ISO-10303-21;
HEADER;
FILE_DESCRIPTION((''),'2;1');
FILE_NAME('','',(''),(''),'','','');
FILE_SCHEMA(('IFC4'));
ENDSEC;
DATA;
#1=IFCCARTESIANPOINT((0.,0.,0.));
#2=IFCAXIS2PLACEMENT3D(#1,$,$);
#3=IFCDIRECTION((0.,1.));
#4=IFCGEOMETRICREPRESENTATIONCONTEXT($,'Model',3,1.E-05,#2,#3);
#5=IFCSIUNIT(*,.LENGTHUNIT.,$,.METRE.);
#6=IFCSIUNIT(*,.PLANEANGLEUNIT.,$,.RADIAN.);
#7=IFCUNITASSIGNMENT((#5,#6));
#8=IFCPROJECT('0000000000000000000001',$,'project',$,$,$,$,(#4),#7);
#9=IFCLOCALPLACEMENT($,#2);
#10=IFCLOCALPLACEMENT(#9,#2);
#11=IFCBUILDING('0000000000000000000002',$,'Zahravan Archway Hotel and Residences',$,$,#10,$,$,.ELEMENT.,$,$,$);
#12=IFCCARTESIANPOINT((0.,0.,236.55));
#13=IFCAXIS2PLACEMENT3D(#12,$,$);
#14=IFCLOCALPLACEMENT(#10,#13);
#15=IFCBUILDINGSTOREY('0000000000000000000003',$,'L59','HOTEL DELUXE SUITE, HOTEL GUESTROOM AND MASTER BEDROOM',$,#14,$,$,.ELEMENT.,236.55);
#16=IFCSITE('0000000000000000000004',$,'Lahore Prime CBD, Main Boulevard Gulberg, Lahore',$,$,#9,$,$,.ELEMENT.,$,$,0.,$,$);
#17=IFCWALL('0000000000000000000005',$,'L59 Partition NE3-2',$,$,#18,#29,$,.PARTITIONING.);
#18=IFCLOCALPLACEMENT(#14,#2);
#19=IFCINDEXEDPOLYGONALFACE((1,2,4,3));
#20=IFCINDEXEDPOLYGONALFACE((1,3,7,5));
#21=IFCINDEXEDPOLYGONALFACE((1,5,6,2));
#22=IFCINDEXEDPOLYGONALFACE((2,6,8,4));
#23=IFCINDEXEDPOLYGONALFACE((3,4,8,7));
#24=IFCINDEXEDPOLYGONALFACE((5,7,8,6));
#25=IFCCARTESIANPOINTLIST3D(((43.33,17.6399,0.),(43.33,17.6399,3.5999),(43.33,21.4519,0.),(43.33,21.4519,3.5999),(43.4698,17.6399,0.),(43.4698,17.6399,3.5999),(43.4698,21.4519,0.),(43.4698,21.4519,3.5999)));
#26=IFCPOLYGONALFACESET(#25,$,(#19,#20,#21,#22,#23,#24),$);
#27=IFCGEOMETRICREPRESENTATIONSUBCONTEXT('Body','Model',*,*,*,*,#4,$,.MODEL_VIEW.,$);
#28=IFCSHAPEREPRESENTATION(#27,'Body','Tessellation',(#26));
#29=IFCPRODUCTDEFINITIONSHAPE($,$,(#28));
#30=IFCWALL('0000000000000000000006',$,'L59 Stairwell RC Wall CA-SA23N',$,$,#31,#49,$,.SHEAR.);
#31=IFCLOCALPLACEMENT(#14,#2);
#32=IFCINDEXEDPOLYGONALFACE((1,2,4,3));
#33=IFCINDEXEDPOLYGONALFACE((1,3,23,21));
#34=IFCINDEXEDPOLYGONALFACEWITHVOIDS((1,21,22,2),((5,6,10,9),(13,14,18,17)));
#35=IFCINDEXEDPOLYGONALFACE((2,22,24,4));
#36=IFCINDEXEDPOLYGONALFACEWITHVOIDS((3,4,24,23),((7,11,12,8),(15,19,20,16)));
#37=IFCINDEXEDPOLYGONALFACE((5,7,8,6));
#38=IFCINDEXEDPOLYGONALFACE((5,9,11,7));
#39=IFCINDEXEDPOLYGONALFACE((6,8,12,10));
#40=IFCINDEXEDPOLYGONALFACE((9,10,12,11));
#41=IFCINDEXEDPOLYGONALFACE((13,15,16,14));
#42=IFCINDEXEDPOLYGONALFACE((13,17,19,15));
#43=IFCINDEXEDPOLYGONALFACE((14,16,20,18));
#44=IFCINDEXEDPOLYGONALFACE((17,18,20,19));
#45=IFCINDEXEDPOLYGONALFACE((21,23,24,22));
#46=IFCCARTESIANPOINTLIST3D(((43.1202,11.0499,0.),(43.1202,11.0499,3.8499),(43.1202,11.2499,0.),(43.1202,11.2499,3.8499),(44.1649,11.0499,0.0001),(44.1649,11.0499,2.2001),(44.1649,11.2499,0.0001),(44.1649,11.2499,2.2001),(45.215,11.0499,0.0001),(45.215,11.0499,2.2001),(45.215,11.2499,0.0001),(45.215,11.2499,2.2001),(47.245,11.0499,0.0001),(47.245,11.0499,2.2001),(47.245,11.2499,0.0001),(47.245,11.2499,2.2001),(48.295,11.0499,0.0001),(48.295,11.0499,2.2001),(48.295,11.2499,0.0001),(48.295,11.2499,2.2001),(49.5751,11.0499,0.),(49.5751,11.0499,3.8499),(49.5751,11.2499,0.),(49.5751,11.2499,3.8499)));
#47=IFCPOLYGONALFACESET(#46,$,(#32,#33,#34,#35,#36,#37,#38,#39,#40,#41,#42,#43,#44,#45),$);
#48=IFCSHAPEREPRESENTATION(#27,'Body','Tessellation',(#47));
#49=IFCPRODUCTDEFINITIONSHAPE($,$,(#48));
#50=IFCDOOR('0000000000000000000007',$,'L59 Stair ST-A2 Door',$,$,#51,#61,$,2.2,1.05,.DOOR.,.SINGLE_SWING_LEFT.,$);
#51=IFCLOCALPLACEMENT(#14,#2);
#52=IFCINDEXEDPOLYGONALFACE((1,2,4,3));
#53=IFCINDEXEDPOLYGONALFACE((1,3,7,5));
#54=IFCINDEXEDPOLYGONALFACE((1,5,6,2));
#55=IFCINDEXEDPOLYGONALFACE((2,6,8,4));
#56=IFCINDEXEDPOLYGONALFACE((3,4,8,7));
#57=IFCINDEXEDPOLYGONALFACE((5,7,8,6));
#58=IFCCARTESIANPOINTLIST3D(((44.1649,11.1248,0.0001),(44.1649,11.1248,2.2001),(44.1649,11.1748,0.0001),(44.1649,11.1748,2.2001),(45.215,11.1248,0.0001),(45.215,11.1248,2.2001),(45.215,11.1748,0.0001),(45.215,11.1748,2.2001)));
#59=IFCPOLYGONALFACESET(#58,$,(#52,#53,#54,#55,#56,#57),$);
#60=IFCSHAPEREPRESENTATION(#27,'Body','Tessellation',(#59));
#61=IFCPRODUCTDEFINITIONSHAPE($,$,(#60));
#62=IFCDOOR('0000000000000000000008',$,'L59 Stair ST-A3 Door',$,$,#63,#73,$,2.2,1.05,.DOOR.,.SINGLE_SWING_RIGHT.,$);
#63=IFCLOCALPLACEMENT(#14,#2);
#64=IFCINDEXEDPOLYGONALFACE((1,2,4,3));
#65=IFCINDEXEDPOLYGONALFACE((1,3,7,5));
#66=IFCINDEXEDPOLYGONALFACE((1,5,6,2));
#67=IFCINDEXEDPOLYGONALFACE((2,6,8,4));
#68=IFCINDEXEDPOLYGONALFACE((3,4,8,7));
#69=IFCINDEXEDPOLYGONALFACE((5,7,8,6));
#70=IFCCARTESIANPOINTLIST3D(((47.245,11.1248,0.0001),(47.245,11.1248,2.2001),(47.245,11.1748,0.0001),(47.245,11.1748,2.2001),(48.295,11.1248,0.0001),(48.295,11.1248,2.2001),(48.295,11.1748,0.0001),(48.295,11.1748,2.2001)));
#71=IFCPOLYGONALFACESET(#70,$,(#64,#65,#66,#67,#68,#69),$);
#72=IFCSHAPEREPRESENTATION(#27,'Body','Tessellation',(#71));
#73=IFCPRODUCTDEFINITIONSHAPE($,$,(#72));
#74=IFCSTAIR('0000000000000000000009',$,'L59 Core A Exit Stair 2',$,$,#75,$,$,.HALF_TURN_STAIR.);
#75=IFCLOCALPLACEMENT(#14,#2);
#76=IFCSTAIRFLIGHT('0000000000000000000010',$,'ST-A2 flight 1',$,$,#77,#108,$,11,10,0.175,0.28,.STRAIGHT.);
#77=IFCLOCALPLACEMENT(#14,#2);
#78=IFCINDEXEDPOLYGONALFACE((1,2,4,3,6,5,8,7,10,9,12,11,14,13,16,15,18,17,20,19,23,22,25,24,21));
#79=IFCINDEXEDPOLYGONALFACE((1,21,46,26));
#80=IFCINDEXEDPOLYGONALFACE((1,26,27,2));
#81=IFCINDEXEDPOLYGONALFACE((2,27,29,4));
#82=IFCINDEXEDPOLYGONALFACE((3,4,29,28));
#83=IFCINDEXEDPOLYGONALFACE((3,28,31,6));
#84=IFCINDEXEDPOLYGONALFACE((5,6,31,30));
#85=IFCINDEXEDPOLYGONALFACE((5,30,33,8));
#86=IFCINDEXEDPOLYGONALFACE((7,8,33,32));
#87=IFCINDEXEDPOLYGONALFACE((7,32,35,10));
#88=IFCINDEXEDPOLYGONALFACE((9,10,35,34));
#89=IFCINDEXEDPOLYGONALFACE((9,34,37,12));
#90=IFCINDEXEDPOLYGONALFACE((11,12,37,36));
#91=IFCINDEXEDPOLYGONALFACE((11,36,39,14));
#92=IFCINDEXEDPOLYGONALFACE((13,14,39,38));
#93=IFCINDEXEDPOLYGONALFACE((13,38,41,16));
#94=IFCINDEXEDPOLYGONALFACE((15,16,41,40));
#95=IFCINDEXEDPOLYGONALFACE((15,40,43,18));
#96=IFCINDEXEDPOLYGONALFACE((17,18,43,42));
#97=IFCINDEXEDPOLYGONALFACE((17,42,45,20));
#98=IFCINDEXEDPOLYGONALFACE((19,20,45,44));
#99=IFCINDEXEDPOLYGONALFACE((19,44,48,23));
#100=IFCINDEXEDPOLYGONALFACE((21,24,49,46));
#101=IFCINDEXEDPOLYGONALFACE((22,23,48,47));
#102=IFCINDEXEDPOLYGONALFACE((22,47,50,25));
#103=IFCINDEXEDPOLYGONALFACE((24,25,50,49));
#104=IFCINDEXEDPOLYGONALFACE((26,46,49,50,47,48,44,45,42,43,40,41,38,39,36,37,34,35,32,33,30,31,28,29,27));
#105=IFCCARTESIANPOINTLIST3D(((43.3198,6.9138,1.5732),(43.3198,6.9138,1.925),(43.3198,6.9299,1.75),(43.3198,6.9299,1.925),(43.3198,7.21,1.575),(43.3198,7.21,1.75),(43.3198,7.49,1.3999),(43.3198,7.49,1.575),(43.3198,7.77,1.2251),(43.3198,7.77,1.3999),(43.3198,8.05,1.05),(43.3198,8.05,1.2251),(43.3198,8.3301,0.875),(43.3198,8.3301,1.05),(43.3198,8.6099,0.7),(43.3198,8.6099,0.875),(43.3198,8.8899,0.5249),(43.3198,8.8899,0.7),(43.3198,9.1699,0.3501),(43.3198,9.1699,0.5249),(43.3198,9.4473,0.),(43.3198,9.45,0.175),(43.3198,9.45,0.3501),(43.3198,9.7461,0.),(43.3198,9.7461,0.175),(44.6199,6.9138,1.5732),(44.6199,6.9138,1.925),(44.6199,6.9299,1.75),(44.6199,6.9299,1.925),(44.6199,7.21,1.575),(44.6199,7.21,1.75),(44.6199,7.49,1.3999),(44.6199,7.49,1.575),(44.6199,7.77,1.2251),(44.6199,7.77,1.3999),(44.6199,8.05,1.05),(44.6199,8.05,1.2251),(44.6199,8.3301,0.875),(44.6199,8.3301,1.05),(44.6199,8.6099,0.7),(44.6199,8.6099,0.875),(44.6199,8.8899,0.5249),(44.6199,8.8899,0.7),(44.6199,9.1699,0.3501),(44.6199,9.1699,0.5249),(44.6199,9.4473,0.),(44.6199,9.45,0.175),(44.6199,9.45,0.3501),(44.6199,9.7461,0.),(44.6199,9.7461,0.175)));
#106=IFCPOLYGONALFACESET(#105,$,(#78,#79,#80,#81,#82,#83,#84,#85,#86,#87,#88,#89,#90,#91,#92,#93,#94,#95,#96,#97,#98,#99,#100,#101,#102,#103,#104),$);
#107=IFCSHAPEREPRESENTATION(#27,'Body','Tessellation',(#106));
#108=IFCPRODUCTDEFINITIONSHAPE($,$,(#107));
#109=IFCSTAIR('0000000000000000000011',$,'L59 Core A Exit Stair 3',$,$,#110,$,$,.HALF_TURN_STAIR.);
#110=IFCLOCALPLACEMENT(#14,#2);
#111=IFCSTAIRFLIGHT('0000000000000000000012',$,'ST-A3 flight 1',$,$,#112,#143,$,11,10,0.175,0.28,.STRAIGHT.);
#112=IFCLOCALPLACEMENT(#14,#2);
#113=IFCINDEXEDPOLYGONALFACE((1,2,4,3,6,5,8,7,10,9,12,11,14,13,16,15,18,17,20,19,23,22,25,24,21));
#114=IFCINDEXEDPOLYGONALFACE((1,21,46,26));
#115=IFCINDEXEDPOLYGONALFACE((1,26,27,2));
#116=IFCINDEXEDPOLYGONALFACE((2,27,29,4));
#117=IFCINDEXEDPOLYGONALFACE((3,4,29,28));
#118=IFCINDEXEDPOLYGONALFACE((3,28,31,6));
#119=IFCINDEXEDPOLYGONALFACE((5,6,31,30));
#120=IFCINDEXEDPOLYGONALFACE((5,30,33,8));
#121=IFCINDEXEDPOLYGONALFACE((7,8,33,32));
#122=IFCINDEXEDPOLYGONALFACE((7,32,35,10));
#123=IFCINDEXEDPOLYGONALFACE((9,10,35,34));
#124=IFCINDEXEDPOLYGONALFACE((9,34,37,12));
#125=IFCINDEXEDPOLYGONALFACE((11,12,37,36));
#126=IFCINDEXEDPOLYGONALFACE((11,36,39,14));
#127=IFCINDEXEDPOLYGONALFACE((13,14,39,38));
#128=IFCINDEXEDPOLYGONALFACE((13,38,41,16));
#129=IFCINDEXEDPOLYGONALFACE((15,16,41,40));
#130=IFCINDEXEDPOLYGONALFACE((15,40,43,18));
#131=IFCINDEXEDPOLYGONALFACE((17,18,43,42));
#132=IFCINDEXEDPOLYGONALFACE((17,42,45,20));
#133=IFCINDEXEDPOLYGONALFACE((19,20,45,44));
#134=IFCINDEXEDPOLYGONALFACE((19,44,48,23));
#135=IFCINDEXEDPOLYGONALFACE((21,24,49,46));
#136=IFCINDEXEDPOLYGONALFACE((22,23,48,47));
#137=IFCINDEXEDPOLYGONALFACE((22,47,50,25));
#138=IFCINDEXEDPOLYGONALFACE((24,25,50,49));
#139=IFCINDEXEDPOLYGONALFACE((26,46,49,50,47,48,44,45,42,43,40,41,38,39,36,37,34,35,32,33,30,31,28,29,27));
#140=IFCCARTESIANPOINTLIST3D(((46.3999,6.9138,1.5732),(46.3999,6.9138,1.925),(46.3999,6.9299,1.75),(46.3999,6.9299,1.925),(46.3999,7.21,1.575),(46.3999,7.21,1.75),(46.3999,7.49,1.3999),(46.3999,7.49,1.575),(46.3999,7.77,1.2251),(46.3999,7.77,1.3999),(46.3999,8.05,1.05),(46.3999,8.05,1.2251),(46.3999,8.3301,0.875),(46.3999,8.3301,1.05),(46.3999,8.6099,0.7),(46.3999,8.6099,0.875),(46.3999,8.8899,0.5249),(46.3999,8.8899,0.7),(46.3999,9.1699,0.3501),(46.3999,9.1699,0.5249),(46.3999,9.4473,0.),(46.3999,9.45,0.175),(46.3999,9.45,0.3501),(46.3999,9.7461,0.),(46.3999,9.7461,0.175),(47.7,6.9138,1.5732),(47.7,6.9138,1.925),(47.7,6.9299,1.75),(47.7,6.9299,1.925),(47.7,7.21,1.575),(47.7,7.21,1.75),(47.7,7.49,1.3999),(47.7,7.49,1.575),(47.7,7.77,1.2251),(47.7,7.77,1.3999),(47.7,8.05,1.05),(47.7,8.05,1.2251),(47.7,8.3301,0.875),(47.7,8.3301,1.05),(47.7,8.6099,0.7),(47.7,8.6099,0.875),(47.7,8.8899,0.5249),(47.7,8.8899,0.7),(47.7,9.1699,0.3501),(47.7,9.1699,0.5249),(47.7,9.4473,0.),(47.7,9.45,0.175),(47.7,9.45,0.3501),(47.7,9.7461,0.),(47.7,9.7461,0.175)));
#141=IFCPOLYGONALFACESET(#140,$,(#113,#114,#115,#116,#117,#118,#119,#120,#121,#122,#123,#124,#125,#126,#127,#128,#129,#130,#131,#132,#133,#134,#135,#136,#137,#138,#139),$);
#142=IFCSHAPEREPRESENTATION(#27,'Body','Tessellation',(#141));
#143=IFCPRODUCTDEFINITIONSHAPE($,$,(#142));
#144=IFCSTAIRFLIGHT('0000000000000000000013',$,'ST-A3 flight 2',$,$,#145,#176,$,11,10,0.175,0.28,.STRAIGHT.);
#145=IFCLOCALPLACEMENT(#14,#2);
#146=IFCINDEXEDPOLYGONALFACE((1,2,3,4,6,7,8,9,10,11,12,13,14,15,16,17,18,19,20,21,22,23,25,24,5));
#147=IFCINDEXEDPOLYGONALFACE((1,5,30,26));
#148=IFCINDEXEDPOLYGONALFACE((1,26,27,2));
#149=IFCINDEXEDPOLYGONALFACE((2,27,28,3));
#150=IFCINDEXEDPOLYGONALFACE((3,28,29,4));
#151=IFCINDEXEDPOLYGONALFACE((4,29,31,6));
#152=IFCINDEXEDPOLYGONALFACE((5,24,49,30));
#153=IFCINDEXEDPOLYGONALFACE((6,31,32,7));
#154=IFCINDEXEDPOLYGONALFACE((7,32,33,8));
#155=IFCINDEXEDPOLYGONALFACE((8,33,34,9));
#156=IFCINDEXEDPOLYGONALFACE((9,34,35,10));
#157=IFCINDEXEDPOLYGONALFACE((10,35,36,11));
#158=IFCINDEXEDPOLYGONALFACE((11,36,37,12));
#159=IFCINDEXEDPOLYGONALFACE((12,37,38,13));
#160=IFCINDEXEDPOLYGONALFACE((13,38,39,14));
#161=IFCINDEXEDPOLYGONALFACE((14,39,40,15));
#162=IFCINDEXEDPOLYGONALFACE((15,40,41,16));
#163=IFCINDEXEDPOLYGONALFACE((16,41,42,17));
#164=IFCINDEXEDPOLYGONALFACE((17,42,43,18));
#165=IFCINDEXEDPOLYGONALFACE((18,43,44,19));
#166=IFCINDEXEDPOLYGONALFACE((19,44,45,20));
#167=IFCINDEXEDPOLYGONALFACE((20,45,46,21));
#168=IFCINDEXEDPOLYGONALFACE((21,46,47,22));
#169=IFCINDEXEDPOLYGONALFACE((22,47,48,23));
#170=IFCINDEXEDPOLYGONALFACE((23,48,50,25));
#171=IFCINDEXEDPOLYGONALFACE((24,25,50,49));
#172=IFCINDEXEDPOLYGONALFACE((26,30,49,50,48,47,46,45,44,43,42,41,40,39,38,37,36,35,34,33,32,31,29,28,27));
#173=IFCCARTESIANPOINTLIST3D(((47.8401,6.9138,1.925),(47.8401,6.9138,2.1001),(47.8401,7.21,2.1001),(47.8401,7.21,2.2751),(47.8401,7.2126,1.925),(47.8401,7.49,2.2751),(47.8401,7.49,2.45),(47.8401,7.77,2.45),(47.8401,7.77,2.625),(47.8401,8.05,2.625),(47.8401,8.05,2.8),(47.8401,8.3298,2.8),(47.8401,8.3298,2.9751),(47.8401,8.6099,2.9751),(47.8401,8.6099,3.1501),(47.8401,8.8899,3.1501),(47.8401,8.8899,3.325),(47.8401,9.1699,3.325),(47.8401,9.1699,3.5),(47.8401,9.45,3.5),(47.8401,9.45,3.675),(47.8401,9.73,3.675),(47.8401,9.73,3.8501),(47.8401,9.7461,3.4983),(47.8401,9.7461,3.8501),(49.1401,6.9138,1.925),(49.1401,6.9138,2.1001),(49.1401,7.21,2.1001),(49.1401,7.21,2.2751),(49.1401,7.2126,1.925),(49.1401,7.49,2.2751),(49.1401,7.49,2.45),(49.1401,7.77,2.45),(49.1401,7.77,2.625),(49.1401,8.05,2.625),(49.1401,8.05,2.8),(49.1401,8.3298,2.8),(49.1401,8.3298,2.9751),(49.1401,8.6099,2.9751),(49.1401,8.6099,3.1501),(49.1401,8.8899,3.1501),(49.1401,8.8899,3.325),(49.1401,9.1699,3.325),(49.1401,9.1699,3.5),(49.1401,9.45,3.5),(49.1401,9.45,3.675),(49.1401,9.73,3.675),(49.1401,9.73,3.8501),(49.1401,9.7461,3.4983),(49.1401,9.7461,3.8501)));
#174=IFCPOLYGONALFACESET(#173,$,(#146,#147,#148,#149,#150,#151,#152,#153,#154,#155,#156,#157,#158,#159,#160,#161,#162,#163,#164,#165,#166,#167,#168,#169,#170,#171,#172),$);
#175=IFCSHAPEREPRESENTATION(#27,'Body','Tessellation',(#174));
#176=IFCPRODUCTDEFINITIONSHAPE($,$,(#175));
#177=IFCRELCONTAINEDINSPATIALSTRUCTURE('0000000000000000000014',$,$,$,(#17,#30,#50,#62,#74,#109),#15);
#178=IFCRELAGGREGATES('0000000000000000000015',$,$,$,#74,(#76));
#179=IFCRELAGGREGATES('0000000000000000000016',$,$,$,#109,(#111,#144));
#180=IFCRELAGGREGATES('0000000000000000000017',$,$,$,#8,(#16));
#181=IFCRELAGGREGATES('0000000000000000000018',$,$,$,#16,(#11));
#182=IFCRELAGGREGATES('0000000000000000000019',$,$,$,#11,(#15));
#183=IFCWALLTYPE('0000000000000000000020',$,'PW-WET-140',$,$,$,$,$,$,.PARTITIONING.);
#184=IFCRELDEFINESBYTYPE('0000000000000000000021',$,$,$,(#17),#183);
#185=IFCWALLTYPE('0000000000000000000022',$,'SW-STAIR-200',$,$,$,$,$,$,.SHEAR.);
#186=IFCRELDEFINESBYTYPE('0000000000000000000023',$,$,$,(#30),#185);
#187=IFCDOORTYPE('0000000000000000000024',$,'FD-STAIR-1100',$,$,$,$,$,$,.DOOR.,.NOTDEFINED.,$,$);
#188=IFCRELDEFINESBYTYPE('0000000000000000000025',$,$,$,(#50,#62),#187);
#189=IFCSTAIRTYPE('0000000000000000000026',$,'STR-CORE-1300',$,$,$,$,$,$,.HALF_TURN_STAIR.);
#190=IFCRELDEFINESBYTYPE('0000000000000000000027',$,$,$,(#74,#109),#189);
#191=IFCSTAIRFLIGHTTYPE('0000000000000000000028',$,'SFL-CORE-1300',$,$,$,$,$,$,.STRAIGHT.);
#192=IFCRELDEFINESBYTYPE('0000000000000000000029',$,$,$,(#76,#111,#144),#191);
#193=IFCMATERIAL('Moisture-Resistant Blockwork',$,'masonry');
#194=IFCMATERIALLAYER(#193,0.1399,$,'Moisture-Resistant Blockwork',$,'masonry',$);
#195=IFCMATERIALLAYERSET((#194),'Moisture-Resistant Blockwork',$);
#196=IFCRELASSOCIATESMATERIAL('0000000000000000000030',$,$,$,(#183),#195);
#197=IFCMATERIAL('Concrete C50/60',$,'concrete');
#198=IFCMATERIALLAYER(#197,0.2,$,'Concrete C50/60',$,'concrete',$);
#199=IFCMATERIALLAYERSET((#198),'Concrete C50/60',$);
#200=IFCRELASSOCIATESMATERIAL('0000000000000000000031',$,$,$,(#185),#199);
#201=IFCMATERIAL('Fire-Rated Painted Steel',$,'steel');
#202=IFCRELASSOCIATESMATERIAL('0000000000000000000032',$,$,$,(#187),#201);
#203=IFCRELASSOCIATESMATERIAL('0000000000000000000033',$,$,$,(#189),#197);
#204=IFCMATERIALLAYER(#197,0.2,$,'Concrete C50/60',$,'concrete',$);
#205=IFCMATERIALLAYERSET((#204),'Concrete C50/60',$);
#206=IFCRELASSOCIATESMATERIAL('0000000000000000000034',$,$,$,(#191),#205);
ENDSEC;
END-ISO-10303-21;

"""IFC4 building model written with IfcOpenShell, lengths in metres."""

from ifc_helpers import new_model, si_unit, direction, frame, frame_2d, origin, place, context, subcontext, project, spatial, polyline, rectangle, outline, extrude, source, transform, mapped, material, layer, layer_set, type_object, type_shapes, element, fill, aggregate, save


model = new_model("IFC4")

# Units and contexts
model_context = context("Model", 3, precision=1e-05, world=origin(), true_north=direction((0.0, 1.0)))
body_context = subcontext(model_context, "Body", "Model", "MODEL_VIEW")
ifc_project = project(units=[si_unit("LENGTHUNIT", "METRE"), si_unit("PLANEANGLEUNIT", "RADIAN")], contexts=[model_context])

# Site, building, storey
site_placement = place(None, origin())
site = spatial("IfcSite", under=ifc_project, at=site_placement, Name="Lahore Prime CBD, Main Boulevard Gulberg, Lahore", CompositionType="ELEMENT", RefElevation=0.0)
building_placement = place(site_placement, origin())
building = spatial("IfcBuilding", under=site, at=building_placement, Name="Zahravan Archway Hotel and Residences", CompositionType="ELEMENT")
storey_placement = place(building_placement, frame((0.0, 0.0, 236.55)))
storey = spatial("IfcBuildingStorey", under=building, at=storey_placement, Name="L59", Description="HOTEL DELUXE SUITE, HOTEL GUESTROOM AND MASTER BEDROOM", CompositionType="ELEMENT", Elevation=236.55)

# Shared definitions
ifc_material_1 = material(Name="Fire-Rated Painted Steel", Category="steel")

# Wall
ifc_material_2 = material(Name="Moisture-Resistant Blockwork", Category="masonry")
ifc_layer_1 = layer(ifc_material_2, 0.1399, Name="Moisture-Resistant Blockwork", Category="masonry")
ifc_layer_set_1 = layer_set([ifc_layer_1], Name="Moisture-Resistant Blockwork")
wall_type_1 = type_object("IfcWallType", Name="PW-WET-140", PredefinedType="PARTITIONING", material=ifc_layer_set_1)
wall_1_placement = place(storey_placement, frame((43.3999, 17.6399, 0.0), z_axis=(0.0, 0.0, 1.0), x_axis=(0.0, 1.0, 0.0)))
element("IfcWall", 1, at=wall_1_placement, inside=storey, type_object=wall_type_1, Name="L59 Partition NE3-2", PredefinedType="PARTITIONING", context=body_context, shape_type="SweptSolid", body=[
    extrude(rectangle(XDim=3.812, YDim=0.1399, at=frame_2d((1.906, 0.0))), origin(), (0.0, 0.0, 1.0), 3.5999),
])

# Wall, openings, doors
ifc_material_3 = material(Name="Concrete C50/60", Category="concrete")
ifc_layer_2 = layer(ifc_material_3, 0.2, Name="Concrete C50/60", Category="concrete")
ifc_layer_set_2 = layer_set([ifc_layer_2], Name="Concrete C50/60")
wall_type_2 = type_object("IfcWallType", Name="SW-STAIR-200", PredefinedType="SHEAR", material=ifc_layer_set_2)
wall_2_placement = place(storey_placement, frame((43.1201, 11.1499, 0.0), z_axis=(0.0, 0.0, 1.0), x_axis=(1.0, 0.0, 0.0)))
wall_2 = element("IfcWall", 2, at=wall_2_placement, inside=storey, type_object=wall_type_2, Name="L59 Stairwell RC Wall CA-SA23N", PredefinedType="SHEAR", context=body_context, shape_type="SweptSolid", body=[
    extrude(rectangle(XDim=6.4548, YDim=0.2, at=frame_2d((3.2275, 0.0))), origin(), (0.0, 0.0, 1.0), 3.8499),
])
opening_1_placement = place(wall_2_placement, frame((1.0449, 0.0, 0.0)))
opening_1 = element("IfcOpeningElement", 3, at=opening_1_placement, cuts=wall_2, PredefinedType="OPENING", context=body_context, shape_type="SweptSolid", body=[
    extrude(rectangle(XDim=1.05, YDim=2.2, at=frame_2d((0.5249, 1.1001))), frame((0.0, 0.1099, 0.0), z_axis=(0.0, -1.0, 0.0), x_axis=(1.0, 0.0, 0.0)), (0.0, 0.0, 1.0), 0.22),
])
opening_2_placement = place(wall_2_placement, frame((4.125, 0.0, 0.0)))
opening_2 = element("IfcOpeningElement", 4, at=opening_2_placement, cuts=wall_2, PredefinedType="OPENING", context=body_context, shape_type="SweptSolid", body=[
    extrude(rectangle(XDim=1.05, YDim=2.2, at=frame_2d((0.5249, 1.1001))), frame((0.0, 0.1099, 0.0), z_axis=(0.0, -1.0, 0.0), x_axis=(1.0, 0.0, 0.0)), (0.0, 0.0, 1.0), 0.22),
])
door_type_1 = type_object("IfcDoorType", Name="FD-STAIR-1100", OperationType="NOTDEFINED", PredefinedType="DOOR", material=ifc_material_1)
shared_shape_1 = source(origin(), body_context, "Body", "SweptSolid", [
    extrude(rectangle(XDim=1.05, YDim=2.2, at=frame_2d((0.5249, 1.1001))), frame((0.0, 0.0249, 0.0), z_axis=(0.0, -1.0, 0.0), x_axis=(1.0, 0.0, 0.0)), (0.0, 0.0, 1.0), 0.05),
])
type_shapes(door_type_1, [shared_shape_1])
door_1_placement = place(opening_1_placement, origin())
door_1 = element("IfcDoor", 5, at=door_1_placement, inside=storey, type_object=door_type_1, Name="L59 Stair ST-A2 Door", OperationType="SINGLE_SWING_LEFT", OverallHeight=2.2, OverallWidth=1.05, PredefinedType="DOOR", context=body_context, shape_type="MappedRepresentation", body=[
    mapped(shared_shape_1, transform((0.0, 0.0, 0.0), scale=1.0)),
])
fill(opening_1, door_1)
door_2_placement = place(opening_2_placement, origin())
door_2 = element("IfcDoor", 6, at=door_2_placement, inside=storey, type_object=door_type_1, Name="L59 Stair ST-A3 Door", OperationType="SINGLE_SWING_RIGHT", OverallHeight=2.2, OverallWidth=1.05, PredefinedType="DOOR", context=body_context, shape_type="MappedRepresentation", body=[
    mapped(shared_shape_1, transform((0.0, 0.0, 0.0), scale=1.0)),
])
fill(opening_2, door_2)

# Stair, stair flight
stair_type = type_object("IfcStairType", Name="STR-CORE-1300", PredefinedType="HALF_TURN_STAIR", material=ifc_material_3)
stair_1_placement = place(storey_placement, origin())
stair_1 = element("IfcStair", 7, at=stair_1_placement, inside=storey, type_object=stair_type, Name="L59 Core A Exit Stair 2", PredefinedType="HALF_TURN_STAIR")
ifc_layer_3 = layer(ifc_material_3, 0.2, Name="Concrete C50/60", Category="concrete")
ifc_layer_set_3 = layer_set([ifc_layer_3], Name="Concrete C50/60")
stair_flight_type = type_object("IfcStairFlightType", Name="SFL-CORE-1300", PredefinedType="STRAIGHT", material=ifc_layer_set_3)
shared_shape_2 = source(origin(), body_context, "Body", "SweptSolid", [
    extrude(outline(polyline([(-0.0161, 0.0), (-0.0161, 0.175), (0.28, 0.175), (0.28, 0.3501), (0.5601, 0.3501), (0.5601, 0.5249), (0.8401, 0.5249), (0.8401, 0.7), (1.1201, 0.7), (1.1201, 0.875), (1.3999, 0.875), (1.3999, 1.05), (1.6799, 1.05), (1.6799, 1.2251), (1.96, 1.2251), (1.96, 1.3999), (2.24, 1.3999), (2.24, 1.575), (2.52, 1.575), (2.52, 1.75), (2.8, 1.75), (2.8, 1.925), (2.8162, 1.925), (2.8162, 1.5732), (0.2827, 0.0), (-0.0161, 0.0)])), frame((0.0, 0.6499, 0.0), z_axis=(0.0, -1.0, 0.0), x_axis=(1.0, 0.0, 0.0)), (0.0, 0.0, 1.0), 1.3),
])
stair_flight_1_placement = place(storey_placement, frame((43.97, 9.73, 0.0), z_axis=(0.0, 0.0, 1.0), x_axis=(0.0, -1.0, 0.0)))
stair_flight_1 = element("IfcStairFlight", 8, at=stair_flight_1_placement, type_object=stair_flight_type, Name="ST-A2 flight 1", NumberOfRisers=11, NumberOfTreads=10, PredefinedType="STRAIGHT", RiserHeight=0.175, TreadLength=0.28, context=body_context, shape_type="MappedRepresentation", body=[
    mapped(shared_shape_2, transform((0.0, 0.0, 0.0), scale=1.0)),
])
aggregate(stair_1, [stair_flight_1])

# Stair, stair flights
stair_2_placement = place(storey_placement, origin())
stair_2 = element("IfcStair", 9, at=stair_2_placement, inside=storey, type_object=stair_type, Name="L59 Core A Exit Stair 3", PredefinedType="HALF_TURN_STAIR")
stair_flight_2_placement = place(storey_placement, frame((47.05, 9.73, 0.0), z_axis=(0.0, 0.0, 1.0), x_axis=(0.0, -1.0, 0.0)))
stair_flight_2 = element("IfcStairFlight", 10, at=stair_flight_2_placement, type_object=stair_flight_type, Name="ST-A3 flight 1", NumberOfRisers=11, NumberOfTreads=10, PredefinedType="STRAIGHT", RiserHeight=0.175, TreadLength=0.28, context=body_context, shape_type="MappedRepresentation", body=[
    mapped(shared_shape_2, transform((0.0, 0.0, 0.0), scale=1.0)),
])
stair_flight_3_placement = place(storey_placement, frame((48.49, 6.9299, 1.925), z_axis=(0.0, 0.0, 1.0), x_axis=(0.0, 1.0, 0.0)))
stair_flight_3 = element("IfcStairFlight", 11, at=stair_flight_3_placement, type_object=stair_flight_type, Name="ST-A3 flight 2", NumberOfRisers=11, NumberOfTreads=10, PredefinedType="STRAIGHT", RiserHeight=0.175, TreadLength=0.28, context=body_context, shape_type="MappedRepresentation", body=[
    mapped(shared_shape_2, transform((0.0, 0.0, 0.0), scale=1.0)),
])
aggregate(stair_2, [stair_flight_2, stair_flight_3])

save(model, "model.ifc")
